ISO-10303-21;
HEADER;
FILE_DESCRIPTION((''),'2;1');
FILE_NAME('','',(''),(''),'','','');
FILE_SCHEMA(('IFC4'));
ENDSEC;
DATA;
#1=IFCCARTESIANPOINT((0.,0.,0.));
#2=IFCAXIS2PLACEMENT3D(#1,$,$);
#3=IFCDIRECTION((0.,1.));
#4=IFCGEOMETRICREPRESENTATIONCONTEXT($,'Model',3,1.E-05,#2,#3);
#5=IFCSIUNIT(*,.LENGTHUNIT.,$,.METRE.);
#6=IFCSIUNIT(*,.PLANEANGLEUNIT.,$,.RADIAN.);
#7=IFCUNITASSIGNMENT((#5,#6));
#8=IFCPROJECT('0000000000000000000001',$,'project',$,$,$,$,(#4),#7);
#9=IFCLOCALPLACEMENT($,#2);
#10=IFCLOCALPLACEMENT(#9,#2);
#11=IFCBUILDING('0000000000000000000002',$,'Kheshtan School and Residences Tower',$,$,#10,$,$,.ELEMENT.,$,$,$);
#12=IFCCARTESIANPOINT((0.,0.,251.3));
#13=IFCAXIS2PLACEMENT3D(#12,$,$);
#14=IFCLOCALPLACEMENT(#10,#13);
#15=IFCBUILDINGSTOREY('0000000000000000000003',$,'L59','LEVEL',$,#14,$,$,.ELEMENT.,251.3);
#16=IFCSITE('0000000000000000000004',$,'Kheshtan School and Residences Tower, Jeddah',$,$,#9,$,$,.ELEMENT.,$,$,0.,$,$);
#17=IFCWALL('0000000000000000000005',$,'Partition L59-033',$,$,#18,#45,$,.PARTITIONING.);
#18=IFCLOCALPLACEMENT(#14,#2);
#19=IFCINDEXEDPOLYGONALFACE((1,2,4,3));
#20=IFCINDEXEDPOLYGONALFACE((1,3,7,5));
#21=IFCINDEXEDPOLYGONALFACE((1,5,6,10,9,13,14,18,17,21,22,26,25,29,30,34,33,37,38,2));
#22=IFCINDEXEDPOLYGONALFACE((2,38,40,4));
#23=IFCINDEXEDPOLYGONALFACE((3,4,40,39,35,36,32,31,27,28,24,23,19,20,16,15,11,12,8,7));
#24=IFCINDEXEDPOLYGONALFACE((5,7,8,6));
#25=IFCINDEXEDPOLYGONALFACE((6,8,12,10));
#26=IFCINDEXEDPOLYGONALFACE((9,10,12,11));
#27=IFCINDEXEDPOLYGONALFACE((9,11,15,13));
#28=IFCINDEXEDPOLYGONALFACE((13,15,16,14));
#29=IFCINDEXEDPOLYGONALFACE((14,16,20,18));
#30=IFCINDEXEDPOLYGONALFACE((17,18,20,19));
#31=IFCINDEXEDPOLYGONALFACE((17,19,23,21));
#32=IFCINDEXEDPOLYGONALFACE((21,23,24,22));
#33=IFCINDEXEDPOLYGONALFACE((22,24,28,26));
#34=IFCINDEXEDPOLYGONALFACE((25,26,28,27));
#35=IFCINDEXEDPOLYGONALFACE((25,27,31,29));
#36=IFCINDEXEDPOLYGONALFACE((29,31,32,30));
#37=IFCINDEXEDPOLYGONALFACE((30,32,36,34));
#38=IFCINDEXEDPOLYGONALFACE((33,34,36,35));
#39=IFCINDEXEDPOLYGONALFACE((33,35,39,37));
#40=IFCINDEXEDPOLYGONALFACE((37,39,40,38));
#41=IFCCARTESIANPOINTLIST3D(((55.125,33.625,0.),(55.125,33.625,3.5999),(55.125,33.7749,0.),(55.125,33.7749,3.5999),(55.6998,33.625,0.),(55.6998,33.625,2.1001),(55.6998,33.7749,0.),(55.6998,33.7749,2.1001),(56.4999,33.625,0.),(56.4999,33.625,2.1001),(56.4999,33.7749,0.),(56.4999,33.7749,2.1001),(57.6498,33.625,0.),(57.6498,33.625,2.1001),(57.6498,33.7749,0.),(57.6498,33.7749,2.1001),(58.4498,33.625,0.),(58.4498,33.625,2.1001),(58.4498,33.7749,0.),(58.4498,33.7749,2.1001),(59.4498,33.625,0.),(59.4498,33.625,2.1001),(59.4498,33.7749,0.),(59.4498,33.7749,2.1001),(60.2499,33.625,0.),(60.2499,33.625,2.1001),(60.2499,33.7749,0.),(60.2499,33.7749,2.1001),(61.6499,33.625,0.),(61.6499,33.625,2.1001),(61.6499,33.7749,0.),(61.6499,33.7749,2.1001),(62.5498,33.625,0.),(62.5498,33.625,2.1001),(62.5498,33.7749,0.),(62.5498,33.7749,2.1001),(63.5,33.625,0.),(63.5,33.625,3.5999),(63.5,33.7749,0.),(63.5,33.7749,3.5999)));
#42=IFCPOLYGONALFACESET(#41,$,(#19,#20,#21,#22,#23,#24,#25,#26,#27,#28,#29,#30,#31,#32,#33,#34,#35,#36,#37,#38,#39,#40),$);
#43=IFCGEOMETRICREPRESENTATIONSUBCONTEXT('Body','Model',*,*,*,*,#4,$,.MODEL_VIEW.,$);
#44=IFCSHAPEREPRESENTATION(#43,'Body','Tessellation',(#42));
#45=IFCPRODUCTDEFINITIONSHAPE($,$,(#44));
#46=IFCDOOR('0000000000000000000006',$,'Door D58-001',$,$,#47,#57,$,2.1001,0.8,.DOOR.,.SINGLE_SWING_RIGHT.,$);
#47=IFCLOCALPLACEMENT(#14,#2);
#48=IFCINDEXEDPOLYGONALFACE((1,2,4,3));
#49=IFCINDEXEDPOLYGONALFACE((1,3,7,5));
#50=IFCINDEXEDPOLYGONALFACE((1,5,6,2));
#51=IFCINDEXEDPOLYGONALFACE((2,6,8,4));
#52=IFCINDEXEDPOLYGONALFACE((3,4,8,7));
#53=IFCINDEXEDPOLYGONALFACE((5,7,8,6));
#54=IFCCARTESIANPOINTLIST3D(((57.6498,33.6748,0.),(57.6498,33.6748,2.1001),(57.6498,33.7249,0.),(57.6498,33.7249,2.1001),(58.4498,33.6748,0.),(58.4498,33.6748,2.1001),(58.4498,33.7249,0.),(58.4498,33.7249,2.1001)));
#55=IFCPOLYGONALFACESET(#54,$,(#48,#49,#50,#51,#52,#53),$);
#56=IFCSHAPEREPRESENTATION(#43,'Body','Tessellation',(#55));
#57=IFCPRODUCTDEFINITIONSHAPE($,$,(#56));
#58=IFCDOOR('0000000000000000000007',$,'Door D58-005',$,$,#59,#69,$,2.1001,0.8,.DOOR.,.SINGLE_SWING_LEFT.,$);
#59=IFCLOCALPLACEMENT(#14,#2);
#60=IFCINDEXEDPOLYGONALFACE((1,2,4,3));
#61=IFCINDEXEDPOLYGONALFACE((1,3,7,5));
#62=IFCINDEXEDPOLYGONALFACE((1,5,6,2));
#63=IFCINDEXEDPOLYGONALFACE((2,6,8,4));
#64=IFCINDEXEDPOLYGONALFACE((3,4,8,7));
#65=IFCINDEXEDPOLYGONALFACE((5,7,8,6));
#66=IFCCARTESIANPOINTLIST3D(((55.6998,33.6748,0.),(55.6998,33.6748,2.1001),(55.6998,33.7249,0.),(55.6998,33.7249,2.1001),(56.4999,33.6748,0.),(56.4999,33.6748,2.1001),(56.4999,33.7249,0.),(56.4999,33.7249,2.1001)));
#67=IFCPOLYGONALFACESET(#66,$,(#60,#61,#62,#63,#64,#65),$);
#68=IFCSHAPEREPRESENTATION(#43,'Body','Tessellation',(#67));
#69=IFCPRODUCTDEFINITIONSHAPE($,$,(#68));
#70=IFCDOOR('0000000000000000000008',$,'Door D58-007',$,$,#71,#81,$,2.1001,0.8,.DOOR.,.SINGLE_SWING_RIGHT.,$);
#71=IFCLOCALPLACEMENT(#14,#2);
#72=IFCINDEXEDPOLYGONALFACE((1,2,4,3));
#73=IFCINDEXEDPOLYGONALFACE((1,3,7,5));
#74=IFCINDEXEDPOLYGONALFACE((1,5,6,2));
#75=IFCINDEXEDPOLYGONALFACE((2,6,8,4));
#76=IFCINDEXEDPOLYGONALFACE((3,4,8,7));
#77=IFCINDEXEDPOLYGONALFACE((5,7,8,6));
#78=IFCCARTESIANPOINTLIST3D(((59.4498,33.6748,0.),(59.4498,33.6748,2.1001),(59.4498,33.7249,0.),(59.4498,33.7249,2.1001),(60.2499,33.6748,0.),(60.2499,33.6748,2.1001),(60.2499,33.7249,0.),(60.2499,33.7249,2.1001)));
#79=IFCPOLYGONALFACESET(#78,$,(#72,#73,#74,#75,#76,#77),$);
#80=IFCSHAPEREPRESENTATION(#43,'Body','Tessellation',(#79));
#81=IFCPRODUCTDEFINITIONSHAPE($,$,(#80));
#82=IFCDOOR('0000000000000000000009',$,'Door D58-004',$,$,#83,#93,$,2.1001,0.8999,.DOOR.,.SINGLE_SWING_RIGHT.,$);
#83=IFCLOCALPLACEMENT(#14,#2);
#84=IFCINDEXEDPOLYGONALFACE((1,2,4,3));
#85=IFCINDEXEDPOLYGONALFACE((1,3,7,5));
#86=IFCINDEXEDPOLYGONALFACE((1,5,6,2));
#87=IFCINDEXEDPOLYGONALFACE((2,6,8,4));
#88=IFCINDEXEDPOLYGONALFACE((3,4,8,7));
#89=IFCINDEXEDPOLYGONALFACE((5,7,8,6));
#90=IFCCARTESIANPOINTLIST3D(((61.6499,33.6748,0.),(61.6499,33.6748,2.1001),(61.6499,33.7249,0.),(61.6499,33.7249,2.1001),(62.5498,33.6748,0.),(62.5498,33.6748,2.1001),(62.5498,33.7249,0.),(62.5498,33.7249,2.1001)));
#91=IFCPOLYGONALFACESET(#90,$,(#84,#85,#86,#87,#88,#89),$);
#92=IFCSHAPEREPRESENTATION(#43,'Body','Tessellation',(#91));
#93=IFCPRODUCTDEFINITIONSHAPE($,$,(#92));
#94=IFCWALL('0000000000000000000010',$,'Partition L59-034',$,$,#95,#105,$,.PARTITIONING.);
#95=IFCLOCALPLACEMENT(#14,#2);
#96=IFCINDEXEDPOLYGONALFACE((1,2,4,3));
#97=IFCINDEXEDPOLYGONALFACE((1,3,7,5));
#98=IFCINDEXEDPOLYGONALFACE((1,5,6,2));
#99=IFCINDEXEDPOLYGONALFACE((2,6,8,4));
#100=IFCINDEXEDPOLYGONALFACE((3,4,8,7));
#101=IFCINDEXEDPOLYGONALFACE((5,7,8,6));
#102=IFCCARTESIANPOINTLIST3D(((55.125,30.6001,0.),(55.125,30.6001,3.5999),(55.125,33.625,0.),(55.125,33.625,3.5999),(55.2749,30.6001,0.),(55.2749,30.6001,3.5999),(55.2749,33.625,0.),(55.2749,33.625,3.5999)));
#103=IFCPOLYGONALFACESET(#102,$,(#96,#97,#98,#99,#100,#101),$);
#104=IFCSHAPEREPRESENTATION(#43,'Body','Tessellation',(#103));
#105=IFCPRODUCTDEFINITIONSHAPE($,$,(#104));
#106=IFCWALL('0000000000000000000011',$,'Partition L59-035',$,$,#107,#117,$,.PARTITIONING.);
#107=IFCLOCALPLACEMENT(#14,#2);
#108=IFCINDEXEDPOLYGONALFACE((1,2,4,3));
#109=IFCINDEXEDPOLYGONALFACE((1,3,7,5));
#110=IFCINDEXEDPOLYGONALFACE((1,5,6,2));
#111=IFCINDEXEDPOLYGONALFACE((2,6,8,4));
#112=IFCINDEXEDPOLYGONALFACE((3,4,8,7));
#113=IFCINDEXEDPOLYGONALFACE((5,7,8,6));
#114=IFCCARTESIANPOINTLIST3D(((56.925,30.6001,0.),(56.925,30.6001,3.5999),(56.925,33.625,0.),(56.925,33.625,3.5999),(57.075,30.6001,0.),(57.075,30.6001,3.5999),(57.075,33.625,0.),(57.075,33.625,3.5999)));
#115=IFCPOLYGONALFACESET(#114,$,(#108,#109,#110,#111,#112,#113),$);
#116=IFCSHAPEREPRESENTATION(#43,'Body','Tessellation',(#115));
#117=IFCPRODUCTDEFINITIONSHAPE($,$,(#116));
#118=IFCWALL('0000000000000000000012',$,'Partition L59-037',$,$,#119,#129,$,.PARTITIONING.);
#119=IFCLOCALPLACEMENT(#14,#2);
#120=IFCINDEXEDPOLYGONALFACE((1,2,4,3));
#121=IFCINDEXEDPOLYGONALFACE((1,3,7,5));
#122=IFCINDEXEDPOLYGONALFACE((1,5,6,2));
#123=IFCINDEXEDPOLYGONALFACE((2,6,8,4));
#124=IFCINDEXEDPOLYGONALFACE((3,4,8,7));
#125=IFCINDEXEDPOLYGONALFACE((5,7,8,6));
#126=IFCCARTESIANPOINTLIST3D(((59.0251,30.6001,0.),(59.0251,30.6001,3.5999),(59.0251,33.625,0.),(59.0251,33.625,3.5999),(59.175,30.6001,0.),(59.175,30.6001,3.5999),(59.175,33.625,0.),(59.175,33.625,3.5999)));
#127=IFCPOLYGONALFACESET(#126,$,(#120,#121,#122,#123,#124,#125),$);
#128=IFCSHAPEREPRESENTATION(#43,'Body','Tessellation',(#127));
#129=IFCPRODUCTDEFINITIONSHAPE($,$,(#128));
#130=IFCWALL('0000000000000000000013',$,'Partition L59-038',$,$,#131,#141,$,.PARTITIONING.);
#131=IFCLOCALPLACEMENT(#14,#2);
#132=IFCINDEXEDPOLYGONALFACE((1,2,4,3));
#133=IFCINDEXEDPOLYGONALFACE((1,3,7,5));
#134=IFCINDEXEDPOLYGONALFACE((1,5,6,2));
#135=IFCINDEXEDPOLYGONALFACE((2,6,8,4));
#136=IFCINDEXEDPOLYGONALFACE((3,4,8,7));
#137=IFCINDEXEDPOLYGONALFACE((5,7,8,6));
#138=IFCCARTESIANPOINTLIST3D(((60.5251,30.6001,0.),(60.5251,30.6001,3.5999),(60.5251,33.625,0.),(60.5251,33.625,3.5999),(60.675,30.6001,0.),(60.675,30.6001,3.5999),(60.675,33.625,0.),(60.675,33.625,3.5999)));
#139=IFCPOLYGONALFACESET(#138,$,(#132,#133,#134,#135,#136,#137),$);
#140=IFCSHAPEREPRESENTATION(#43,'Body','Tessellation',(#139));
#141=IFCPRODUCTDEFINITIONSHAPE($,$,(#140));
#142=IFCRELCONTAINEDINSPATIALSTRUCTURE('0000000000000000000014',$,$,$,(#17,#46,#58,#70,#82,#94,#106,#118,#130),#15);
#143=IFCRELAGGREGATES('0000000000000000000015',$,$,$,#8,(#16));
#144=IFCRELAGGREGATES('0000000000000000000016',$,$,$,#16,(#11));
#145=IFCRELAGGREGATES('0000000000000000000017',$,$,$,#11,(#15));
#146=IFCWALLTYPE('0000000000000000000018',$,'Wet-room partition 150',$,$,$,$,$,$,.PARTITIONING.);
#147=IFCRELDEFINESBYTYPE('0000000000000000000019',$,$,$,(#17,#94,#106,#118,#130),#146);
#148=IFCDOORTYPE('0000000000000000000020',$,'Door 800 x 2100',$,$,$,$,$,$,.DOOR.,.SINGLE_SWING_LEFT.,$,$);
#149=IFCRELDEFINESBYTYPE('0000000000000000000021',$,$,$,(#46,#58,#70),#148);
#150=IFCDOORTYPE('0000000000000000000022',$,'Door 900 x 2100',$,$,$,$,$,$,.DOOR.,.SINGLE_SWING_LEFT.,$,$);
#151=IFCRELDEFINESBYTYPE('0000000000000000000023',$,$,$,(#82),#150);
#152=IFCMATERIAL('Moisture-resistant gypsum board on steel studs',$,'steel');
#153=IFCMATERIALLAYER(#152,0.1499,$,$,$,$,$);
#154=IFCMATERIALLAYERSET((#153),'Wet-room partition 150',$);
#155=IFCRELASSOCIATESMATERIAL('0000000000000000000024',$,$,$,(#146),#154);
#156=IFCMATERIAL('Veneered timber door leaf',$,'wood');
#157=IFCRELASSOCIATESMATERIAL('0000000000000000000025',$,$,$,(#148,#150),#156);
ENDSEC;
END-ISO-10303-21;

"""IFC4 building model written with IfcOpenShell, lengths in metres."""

from ifc_helpers import new_model, si_unit, direction, frame, frame_2d, origin, place, context, subcontext, project, spatial, rectangle, extrude, source, transform, mapped, material, layer, layer_set, type_object, element, fill, save


model = new_model("IFC4")

# Units and contexts
model_context = context("Model", 3, precision=1e-05, world=origin(), true_north=direction((0.0, 1.0)))
body_context = subcontext(model_context, "Body", "Model", "MODEL_VIEW")
ifc_project = project(units=[si_unit("LENGTHUNIT", "METRE"), si_unit("PLANEANGLEUNIT", "RADIAN")], contexts=[model_context])

# Site, building, storey
site_placement = place(None, origin())
site = spatial("IfcSite", under=ifc_project, at=site_placement, Name="Kheshtan School and Residences Tower, Jeddah", CompositionType="ELEMENT", RefElevation=0.0)
building_placement = place(site_placement, origin())
building = spatial("IfcBuilding", under=site, at=building_placement, Name="Kheshtan School and Residences Tower", CompositionType="ELEMENT")
storey_placement = place(building_placement, frame((0.0, 0.0, 251.3)))
storey = spatial("IfcBuildingStorey", under=building, at=storey_placement, Name="L59", Description="LEVEL", CompositionType="ELEMENT", Elevation=251.3)

# Wall, openings, doors
ifc_material_1 = material(Name="Moisture-resistant gypsum board on steel studs", Category="steel")
ifc_layer_1 = layer(ifc_material_1, 0.1499)
ifc_layer_set_1 = layer_set([ifc_layer_1], Name="Wet-room partition 150")
wall_type_1 = type_object("IfcWallType", Name="Wet-room partition 150", PredefinedType="PARTITIONING", material=ifc_layer_set_1)
wall_1_placement = place(storey_placement, frame((55.125, 33.7, 0.0), z_axis=(0.0, 0.0, 1.0), x_axis=(1.0, 0.0, 0.0)))
wall_1 = element("IfcWall", 1, at=wall_1_placement, inside=storey, type_object=wall_type_1, Name="Partition L59-033", PredefinedType="PARTITIONING", context=body_context, shape_type="SweptSolid", body=[
    extrude(rectangle(XDim=8.375, YDim=0.1499, at=frame_2d((4.1875, 0.0))), origin(), (0.0, 0.0, 1.0), 3.5999),
])
opening_1_placement = place(wall_1_placement, frame((2.5249, 0.0, 0.0)))
opening_1 = element("IfcOpeningElement", 2, at=opening_1_placement, cuts=wall_1, PredefinedType="OPENING", context=body_context, shape_type="SweptSolid", body=[
    extrude(rectangle(XDim=0.8, YDim=2.1001, at=frame_2d((0.3999, 1.05))), frame((0.0, 0.085, 0.0), z_axis=(0.0, -1.0, 0.0), x_axis=(1.0, 0.0, 0.0)), (0.0, 0.0, 1.0), 0.1699),
])
opening_2_placement = place(wall_1_placement, frame((6.5249, 0.0, 0.0)))
opening_2 = element("IfcOpeningElement", 3, at=opening_2_placement, cuts=wall_1, PredefinedType="OPENING", context=body_context, shape_type="SweptSolid", body=[
    extrude(rectangle(XDim=0.8999, YDim=2.1001, at=frame_2d((0.45, 1.05))), frame((0.0, 0.085, 0.0), z_axis=(0.0, -1.0, 0.0), x_axis=(1.0, 0.0, 0.0)), (0.0, 0.0, 1.0), 0.1699),
])
opening_3_placement = place(wall_1_placement, frame((0.575, 0.0, 0.0)))
opening_3 = element("IfcOpeningElement", 4, at=opening_3_placement, cuts=wall_1, PredefinedType="OPENING", context=body_context, shape_type="SweptSolid", body=[
    extrude(rectangle(XDim=0.8, YDim=2.1001, at=frame_2d((0.3999, 1.05))), frame((0.0, 0.085, 0.0), z_axis=(0.0, -1.0, 0.0), x_axis=(1.0, 0.0, 0.0)), (0.0, 0.0, 1.0), 0.1699),
])
opening_4_placement = place(wall_1_placement, frame((4.325, 0.0, 0.0)))
opening_4 = element("IfcOpeningElement", 5, at=opening_4_placement, cuts=wall_1, PredefinedType="OPENING", context=body_context, shape_type="SweptSolid", body=[
    extrude(rectangle(XDim=0.8, YDim=2.1001, at=frame_2d((0.3999, 1.05))), frame((0.0, 0.085, 0.0), z_axis=(0.0, -1.0, 0.0), x_axis=(1.0, 0.0, 0.0)), (0.0, 0.0, 1.0), 0.1699),
])
ifc_material_2 = material(Name="Veneered timber door leaf", Category="wood")
door_type_1 = type_object("IfcDoorType", Name="Door 800 x 2100", OperationType="SINGLE_SWING_LEFT", PredefinedType="DOOR", material=ifc_material_2)
shared_shape_1 = source(origin(), body_context, "Body", "SweptSolid", [
    extrude(rectangle(XDim=0.8, YDim=2.1001, at=frame_2d((0.3999, 1.05))), frame((0.0, 0.0249, 0.0), z_axis=(0.0, -1.0, 0.0), x_axis=(1.0, 0.0, 0.0)), (0.0, 0.0, 1.0), 0.05),
])
door_1_placement = place(opening_1_placement, origin())
door_1 = element("IfcDoor", 6, at=door_1_placement, inside=storey, type_object=door_type_1, Name="Door D58-001", OperationType="SINGLE_SWING_RIGHT", OverallHeight=2.1001, OverallWidth=0.8, PredefinedType="DOOR", context=body_context, shape_type="MappedRepresentation", body=[
    mapped(shared_shape_1, transform((0.0, 0.0, 0.0), x_axis=(1.0, 0.0, 0.0), y_axis=(0.0, 1.0, 0.0), z_axis=(0.0, 0.0, 1.0), scale=1.0)),
])
fill(opening_1, door_1)
door_2_placement = place(opening_3_placement, origin())
door_2 = element("IfcDoor", 7, at=door_2_placement, inside=storey, type_object=door_type_1, Name="Door D58-005", OperationType="SINGLE_SWING_LEFT", OverallHeight=2.1001, OverallWidth=0.8, PredefinedType="DOOR", context=body_context, shape_type="MappedRepresentation", body=[
    mapped(shared_shape_1, transform((0.0, 0.0, 0.0), x_axis=(1.0, 0.0, 0.0), y_axis=(0.0, 1.0, 0.0), z_axis=(0.0, 0.0, 1.0), scale=1.0)),
])
fill(opening_3, door_2)
door_3_placement = place(opening_4_placement, origin())
door_3 = element("IfcDoor", 8, at=door_3_placement, inside=storey, type_object=door_type_1, Name="Door D58-007", OperationType="SINGLE_SWING_RIGHT", OverallHeight=2.1001, OverallWidth=0.8, PredefinedType="DOOR", context=body_context, shape_type="MappedRepresentation", body=[
    mapped(shared_shape_1, transform((0.0, 0.0, 0.0), x_axis=(1.0, 0.0, 0.0), y_axis=(0.0, 1.0, 0.0), z_axis=(0.0, 0.0, 1.0), scale=1.0)),
])
fill(opening_4, door_3)
door_type_2 = type_object("IfcDoorType", Name="Door 900 x 2100", OperationType="SINGLE_SWING_LEFT", PredefinedType="DOOR", material=ifc_material_2)
shared_shape_2 = source(origin(), body_context, "Body", "SweptSolid", [
    extrude(rectangle(XDim=0.8999, YDim=2.1001, at=frame_2d((0.45, 1.05))), frame((0.0, 0.0249, 0.0), z_axis=(0.0, -1.0, 0.0), x_axis=(1.0, 0.0, 0.0)), (0.0, 0.0, 1.0), 0.05),
])
door_4_placement = place(opening_2_placement, origin())
door_4 = element("IfcDoor", 9, at=door_4_placement, inside=storey, type_object=door_type_2, Name="Door D58-004", OperationType="SINGLE_SWING_RIGHT", OverallHeight=2.1001, OverallWidth=0.8999, PredefinedType="DOOR", context=body_context, shape_type="MappedRepresentation", body=[
    mapped(shared_shape_2, transform((0.0, 0.0, 0.0), x_axis=(1.0, 0.0, 0.0), y_axis=(0.0, 1.0, 0.0), z_axis=(0.0, 0.0, 1.0), scale=1.0)),
])
fill(opening_2, door_4)

# Walls
for number, where, z_axis, x_axis, name in (
    (10, (55.2, 30.6001, 0.0), (0.0, 0.0, 1.0), (0.0, 1.0, 0.0), "Partition L59-034"),
    (11, (57.0, 30.6001, 0.0), (0.0, 0.0, 1.0), (0.0, 1.0, 0.0), "Partition L59-035"),
    (12, (59.1001, 30.6001, 0.0), (0.0, 0.0, 1.0), (0.0, 1.0, 0.0), "Partition L59-037"),
    (13, (60.6001, 30.6001, 0.0), (0.0, 0.0, 1.0), (0.0, 1.0, 0.0), "Partition L59-038"),
):
    element("IfcWall", number, at=place(storey_placement, frame(where, z_axis=z_axis, x_axis=x_axis)), inside=storey, type_object=wall_type_1, Name=name, PredefinedType="PARTITIONING", context=body_context, shape_type="SweptSolid", body=[
        extrude(rectangle(XDim=3.0249, YDim=0.1499, at=frame_2d((1.5125, 0.0))), origin(), (0.0, 0.0, 1.0), 3.5999),
    ])

save(model, "model.ifc")
